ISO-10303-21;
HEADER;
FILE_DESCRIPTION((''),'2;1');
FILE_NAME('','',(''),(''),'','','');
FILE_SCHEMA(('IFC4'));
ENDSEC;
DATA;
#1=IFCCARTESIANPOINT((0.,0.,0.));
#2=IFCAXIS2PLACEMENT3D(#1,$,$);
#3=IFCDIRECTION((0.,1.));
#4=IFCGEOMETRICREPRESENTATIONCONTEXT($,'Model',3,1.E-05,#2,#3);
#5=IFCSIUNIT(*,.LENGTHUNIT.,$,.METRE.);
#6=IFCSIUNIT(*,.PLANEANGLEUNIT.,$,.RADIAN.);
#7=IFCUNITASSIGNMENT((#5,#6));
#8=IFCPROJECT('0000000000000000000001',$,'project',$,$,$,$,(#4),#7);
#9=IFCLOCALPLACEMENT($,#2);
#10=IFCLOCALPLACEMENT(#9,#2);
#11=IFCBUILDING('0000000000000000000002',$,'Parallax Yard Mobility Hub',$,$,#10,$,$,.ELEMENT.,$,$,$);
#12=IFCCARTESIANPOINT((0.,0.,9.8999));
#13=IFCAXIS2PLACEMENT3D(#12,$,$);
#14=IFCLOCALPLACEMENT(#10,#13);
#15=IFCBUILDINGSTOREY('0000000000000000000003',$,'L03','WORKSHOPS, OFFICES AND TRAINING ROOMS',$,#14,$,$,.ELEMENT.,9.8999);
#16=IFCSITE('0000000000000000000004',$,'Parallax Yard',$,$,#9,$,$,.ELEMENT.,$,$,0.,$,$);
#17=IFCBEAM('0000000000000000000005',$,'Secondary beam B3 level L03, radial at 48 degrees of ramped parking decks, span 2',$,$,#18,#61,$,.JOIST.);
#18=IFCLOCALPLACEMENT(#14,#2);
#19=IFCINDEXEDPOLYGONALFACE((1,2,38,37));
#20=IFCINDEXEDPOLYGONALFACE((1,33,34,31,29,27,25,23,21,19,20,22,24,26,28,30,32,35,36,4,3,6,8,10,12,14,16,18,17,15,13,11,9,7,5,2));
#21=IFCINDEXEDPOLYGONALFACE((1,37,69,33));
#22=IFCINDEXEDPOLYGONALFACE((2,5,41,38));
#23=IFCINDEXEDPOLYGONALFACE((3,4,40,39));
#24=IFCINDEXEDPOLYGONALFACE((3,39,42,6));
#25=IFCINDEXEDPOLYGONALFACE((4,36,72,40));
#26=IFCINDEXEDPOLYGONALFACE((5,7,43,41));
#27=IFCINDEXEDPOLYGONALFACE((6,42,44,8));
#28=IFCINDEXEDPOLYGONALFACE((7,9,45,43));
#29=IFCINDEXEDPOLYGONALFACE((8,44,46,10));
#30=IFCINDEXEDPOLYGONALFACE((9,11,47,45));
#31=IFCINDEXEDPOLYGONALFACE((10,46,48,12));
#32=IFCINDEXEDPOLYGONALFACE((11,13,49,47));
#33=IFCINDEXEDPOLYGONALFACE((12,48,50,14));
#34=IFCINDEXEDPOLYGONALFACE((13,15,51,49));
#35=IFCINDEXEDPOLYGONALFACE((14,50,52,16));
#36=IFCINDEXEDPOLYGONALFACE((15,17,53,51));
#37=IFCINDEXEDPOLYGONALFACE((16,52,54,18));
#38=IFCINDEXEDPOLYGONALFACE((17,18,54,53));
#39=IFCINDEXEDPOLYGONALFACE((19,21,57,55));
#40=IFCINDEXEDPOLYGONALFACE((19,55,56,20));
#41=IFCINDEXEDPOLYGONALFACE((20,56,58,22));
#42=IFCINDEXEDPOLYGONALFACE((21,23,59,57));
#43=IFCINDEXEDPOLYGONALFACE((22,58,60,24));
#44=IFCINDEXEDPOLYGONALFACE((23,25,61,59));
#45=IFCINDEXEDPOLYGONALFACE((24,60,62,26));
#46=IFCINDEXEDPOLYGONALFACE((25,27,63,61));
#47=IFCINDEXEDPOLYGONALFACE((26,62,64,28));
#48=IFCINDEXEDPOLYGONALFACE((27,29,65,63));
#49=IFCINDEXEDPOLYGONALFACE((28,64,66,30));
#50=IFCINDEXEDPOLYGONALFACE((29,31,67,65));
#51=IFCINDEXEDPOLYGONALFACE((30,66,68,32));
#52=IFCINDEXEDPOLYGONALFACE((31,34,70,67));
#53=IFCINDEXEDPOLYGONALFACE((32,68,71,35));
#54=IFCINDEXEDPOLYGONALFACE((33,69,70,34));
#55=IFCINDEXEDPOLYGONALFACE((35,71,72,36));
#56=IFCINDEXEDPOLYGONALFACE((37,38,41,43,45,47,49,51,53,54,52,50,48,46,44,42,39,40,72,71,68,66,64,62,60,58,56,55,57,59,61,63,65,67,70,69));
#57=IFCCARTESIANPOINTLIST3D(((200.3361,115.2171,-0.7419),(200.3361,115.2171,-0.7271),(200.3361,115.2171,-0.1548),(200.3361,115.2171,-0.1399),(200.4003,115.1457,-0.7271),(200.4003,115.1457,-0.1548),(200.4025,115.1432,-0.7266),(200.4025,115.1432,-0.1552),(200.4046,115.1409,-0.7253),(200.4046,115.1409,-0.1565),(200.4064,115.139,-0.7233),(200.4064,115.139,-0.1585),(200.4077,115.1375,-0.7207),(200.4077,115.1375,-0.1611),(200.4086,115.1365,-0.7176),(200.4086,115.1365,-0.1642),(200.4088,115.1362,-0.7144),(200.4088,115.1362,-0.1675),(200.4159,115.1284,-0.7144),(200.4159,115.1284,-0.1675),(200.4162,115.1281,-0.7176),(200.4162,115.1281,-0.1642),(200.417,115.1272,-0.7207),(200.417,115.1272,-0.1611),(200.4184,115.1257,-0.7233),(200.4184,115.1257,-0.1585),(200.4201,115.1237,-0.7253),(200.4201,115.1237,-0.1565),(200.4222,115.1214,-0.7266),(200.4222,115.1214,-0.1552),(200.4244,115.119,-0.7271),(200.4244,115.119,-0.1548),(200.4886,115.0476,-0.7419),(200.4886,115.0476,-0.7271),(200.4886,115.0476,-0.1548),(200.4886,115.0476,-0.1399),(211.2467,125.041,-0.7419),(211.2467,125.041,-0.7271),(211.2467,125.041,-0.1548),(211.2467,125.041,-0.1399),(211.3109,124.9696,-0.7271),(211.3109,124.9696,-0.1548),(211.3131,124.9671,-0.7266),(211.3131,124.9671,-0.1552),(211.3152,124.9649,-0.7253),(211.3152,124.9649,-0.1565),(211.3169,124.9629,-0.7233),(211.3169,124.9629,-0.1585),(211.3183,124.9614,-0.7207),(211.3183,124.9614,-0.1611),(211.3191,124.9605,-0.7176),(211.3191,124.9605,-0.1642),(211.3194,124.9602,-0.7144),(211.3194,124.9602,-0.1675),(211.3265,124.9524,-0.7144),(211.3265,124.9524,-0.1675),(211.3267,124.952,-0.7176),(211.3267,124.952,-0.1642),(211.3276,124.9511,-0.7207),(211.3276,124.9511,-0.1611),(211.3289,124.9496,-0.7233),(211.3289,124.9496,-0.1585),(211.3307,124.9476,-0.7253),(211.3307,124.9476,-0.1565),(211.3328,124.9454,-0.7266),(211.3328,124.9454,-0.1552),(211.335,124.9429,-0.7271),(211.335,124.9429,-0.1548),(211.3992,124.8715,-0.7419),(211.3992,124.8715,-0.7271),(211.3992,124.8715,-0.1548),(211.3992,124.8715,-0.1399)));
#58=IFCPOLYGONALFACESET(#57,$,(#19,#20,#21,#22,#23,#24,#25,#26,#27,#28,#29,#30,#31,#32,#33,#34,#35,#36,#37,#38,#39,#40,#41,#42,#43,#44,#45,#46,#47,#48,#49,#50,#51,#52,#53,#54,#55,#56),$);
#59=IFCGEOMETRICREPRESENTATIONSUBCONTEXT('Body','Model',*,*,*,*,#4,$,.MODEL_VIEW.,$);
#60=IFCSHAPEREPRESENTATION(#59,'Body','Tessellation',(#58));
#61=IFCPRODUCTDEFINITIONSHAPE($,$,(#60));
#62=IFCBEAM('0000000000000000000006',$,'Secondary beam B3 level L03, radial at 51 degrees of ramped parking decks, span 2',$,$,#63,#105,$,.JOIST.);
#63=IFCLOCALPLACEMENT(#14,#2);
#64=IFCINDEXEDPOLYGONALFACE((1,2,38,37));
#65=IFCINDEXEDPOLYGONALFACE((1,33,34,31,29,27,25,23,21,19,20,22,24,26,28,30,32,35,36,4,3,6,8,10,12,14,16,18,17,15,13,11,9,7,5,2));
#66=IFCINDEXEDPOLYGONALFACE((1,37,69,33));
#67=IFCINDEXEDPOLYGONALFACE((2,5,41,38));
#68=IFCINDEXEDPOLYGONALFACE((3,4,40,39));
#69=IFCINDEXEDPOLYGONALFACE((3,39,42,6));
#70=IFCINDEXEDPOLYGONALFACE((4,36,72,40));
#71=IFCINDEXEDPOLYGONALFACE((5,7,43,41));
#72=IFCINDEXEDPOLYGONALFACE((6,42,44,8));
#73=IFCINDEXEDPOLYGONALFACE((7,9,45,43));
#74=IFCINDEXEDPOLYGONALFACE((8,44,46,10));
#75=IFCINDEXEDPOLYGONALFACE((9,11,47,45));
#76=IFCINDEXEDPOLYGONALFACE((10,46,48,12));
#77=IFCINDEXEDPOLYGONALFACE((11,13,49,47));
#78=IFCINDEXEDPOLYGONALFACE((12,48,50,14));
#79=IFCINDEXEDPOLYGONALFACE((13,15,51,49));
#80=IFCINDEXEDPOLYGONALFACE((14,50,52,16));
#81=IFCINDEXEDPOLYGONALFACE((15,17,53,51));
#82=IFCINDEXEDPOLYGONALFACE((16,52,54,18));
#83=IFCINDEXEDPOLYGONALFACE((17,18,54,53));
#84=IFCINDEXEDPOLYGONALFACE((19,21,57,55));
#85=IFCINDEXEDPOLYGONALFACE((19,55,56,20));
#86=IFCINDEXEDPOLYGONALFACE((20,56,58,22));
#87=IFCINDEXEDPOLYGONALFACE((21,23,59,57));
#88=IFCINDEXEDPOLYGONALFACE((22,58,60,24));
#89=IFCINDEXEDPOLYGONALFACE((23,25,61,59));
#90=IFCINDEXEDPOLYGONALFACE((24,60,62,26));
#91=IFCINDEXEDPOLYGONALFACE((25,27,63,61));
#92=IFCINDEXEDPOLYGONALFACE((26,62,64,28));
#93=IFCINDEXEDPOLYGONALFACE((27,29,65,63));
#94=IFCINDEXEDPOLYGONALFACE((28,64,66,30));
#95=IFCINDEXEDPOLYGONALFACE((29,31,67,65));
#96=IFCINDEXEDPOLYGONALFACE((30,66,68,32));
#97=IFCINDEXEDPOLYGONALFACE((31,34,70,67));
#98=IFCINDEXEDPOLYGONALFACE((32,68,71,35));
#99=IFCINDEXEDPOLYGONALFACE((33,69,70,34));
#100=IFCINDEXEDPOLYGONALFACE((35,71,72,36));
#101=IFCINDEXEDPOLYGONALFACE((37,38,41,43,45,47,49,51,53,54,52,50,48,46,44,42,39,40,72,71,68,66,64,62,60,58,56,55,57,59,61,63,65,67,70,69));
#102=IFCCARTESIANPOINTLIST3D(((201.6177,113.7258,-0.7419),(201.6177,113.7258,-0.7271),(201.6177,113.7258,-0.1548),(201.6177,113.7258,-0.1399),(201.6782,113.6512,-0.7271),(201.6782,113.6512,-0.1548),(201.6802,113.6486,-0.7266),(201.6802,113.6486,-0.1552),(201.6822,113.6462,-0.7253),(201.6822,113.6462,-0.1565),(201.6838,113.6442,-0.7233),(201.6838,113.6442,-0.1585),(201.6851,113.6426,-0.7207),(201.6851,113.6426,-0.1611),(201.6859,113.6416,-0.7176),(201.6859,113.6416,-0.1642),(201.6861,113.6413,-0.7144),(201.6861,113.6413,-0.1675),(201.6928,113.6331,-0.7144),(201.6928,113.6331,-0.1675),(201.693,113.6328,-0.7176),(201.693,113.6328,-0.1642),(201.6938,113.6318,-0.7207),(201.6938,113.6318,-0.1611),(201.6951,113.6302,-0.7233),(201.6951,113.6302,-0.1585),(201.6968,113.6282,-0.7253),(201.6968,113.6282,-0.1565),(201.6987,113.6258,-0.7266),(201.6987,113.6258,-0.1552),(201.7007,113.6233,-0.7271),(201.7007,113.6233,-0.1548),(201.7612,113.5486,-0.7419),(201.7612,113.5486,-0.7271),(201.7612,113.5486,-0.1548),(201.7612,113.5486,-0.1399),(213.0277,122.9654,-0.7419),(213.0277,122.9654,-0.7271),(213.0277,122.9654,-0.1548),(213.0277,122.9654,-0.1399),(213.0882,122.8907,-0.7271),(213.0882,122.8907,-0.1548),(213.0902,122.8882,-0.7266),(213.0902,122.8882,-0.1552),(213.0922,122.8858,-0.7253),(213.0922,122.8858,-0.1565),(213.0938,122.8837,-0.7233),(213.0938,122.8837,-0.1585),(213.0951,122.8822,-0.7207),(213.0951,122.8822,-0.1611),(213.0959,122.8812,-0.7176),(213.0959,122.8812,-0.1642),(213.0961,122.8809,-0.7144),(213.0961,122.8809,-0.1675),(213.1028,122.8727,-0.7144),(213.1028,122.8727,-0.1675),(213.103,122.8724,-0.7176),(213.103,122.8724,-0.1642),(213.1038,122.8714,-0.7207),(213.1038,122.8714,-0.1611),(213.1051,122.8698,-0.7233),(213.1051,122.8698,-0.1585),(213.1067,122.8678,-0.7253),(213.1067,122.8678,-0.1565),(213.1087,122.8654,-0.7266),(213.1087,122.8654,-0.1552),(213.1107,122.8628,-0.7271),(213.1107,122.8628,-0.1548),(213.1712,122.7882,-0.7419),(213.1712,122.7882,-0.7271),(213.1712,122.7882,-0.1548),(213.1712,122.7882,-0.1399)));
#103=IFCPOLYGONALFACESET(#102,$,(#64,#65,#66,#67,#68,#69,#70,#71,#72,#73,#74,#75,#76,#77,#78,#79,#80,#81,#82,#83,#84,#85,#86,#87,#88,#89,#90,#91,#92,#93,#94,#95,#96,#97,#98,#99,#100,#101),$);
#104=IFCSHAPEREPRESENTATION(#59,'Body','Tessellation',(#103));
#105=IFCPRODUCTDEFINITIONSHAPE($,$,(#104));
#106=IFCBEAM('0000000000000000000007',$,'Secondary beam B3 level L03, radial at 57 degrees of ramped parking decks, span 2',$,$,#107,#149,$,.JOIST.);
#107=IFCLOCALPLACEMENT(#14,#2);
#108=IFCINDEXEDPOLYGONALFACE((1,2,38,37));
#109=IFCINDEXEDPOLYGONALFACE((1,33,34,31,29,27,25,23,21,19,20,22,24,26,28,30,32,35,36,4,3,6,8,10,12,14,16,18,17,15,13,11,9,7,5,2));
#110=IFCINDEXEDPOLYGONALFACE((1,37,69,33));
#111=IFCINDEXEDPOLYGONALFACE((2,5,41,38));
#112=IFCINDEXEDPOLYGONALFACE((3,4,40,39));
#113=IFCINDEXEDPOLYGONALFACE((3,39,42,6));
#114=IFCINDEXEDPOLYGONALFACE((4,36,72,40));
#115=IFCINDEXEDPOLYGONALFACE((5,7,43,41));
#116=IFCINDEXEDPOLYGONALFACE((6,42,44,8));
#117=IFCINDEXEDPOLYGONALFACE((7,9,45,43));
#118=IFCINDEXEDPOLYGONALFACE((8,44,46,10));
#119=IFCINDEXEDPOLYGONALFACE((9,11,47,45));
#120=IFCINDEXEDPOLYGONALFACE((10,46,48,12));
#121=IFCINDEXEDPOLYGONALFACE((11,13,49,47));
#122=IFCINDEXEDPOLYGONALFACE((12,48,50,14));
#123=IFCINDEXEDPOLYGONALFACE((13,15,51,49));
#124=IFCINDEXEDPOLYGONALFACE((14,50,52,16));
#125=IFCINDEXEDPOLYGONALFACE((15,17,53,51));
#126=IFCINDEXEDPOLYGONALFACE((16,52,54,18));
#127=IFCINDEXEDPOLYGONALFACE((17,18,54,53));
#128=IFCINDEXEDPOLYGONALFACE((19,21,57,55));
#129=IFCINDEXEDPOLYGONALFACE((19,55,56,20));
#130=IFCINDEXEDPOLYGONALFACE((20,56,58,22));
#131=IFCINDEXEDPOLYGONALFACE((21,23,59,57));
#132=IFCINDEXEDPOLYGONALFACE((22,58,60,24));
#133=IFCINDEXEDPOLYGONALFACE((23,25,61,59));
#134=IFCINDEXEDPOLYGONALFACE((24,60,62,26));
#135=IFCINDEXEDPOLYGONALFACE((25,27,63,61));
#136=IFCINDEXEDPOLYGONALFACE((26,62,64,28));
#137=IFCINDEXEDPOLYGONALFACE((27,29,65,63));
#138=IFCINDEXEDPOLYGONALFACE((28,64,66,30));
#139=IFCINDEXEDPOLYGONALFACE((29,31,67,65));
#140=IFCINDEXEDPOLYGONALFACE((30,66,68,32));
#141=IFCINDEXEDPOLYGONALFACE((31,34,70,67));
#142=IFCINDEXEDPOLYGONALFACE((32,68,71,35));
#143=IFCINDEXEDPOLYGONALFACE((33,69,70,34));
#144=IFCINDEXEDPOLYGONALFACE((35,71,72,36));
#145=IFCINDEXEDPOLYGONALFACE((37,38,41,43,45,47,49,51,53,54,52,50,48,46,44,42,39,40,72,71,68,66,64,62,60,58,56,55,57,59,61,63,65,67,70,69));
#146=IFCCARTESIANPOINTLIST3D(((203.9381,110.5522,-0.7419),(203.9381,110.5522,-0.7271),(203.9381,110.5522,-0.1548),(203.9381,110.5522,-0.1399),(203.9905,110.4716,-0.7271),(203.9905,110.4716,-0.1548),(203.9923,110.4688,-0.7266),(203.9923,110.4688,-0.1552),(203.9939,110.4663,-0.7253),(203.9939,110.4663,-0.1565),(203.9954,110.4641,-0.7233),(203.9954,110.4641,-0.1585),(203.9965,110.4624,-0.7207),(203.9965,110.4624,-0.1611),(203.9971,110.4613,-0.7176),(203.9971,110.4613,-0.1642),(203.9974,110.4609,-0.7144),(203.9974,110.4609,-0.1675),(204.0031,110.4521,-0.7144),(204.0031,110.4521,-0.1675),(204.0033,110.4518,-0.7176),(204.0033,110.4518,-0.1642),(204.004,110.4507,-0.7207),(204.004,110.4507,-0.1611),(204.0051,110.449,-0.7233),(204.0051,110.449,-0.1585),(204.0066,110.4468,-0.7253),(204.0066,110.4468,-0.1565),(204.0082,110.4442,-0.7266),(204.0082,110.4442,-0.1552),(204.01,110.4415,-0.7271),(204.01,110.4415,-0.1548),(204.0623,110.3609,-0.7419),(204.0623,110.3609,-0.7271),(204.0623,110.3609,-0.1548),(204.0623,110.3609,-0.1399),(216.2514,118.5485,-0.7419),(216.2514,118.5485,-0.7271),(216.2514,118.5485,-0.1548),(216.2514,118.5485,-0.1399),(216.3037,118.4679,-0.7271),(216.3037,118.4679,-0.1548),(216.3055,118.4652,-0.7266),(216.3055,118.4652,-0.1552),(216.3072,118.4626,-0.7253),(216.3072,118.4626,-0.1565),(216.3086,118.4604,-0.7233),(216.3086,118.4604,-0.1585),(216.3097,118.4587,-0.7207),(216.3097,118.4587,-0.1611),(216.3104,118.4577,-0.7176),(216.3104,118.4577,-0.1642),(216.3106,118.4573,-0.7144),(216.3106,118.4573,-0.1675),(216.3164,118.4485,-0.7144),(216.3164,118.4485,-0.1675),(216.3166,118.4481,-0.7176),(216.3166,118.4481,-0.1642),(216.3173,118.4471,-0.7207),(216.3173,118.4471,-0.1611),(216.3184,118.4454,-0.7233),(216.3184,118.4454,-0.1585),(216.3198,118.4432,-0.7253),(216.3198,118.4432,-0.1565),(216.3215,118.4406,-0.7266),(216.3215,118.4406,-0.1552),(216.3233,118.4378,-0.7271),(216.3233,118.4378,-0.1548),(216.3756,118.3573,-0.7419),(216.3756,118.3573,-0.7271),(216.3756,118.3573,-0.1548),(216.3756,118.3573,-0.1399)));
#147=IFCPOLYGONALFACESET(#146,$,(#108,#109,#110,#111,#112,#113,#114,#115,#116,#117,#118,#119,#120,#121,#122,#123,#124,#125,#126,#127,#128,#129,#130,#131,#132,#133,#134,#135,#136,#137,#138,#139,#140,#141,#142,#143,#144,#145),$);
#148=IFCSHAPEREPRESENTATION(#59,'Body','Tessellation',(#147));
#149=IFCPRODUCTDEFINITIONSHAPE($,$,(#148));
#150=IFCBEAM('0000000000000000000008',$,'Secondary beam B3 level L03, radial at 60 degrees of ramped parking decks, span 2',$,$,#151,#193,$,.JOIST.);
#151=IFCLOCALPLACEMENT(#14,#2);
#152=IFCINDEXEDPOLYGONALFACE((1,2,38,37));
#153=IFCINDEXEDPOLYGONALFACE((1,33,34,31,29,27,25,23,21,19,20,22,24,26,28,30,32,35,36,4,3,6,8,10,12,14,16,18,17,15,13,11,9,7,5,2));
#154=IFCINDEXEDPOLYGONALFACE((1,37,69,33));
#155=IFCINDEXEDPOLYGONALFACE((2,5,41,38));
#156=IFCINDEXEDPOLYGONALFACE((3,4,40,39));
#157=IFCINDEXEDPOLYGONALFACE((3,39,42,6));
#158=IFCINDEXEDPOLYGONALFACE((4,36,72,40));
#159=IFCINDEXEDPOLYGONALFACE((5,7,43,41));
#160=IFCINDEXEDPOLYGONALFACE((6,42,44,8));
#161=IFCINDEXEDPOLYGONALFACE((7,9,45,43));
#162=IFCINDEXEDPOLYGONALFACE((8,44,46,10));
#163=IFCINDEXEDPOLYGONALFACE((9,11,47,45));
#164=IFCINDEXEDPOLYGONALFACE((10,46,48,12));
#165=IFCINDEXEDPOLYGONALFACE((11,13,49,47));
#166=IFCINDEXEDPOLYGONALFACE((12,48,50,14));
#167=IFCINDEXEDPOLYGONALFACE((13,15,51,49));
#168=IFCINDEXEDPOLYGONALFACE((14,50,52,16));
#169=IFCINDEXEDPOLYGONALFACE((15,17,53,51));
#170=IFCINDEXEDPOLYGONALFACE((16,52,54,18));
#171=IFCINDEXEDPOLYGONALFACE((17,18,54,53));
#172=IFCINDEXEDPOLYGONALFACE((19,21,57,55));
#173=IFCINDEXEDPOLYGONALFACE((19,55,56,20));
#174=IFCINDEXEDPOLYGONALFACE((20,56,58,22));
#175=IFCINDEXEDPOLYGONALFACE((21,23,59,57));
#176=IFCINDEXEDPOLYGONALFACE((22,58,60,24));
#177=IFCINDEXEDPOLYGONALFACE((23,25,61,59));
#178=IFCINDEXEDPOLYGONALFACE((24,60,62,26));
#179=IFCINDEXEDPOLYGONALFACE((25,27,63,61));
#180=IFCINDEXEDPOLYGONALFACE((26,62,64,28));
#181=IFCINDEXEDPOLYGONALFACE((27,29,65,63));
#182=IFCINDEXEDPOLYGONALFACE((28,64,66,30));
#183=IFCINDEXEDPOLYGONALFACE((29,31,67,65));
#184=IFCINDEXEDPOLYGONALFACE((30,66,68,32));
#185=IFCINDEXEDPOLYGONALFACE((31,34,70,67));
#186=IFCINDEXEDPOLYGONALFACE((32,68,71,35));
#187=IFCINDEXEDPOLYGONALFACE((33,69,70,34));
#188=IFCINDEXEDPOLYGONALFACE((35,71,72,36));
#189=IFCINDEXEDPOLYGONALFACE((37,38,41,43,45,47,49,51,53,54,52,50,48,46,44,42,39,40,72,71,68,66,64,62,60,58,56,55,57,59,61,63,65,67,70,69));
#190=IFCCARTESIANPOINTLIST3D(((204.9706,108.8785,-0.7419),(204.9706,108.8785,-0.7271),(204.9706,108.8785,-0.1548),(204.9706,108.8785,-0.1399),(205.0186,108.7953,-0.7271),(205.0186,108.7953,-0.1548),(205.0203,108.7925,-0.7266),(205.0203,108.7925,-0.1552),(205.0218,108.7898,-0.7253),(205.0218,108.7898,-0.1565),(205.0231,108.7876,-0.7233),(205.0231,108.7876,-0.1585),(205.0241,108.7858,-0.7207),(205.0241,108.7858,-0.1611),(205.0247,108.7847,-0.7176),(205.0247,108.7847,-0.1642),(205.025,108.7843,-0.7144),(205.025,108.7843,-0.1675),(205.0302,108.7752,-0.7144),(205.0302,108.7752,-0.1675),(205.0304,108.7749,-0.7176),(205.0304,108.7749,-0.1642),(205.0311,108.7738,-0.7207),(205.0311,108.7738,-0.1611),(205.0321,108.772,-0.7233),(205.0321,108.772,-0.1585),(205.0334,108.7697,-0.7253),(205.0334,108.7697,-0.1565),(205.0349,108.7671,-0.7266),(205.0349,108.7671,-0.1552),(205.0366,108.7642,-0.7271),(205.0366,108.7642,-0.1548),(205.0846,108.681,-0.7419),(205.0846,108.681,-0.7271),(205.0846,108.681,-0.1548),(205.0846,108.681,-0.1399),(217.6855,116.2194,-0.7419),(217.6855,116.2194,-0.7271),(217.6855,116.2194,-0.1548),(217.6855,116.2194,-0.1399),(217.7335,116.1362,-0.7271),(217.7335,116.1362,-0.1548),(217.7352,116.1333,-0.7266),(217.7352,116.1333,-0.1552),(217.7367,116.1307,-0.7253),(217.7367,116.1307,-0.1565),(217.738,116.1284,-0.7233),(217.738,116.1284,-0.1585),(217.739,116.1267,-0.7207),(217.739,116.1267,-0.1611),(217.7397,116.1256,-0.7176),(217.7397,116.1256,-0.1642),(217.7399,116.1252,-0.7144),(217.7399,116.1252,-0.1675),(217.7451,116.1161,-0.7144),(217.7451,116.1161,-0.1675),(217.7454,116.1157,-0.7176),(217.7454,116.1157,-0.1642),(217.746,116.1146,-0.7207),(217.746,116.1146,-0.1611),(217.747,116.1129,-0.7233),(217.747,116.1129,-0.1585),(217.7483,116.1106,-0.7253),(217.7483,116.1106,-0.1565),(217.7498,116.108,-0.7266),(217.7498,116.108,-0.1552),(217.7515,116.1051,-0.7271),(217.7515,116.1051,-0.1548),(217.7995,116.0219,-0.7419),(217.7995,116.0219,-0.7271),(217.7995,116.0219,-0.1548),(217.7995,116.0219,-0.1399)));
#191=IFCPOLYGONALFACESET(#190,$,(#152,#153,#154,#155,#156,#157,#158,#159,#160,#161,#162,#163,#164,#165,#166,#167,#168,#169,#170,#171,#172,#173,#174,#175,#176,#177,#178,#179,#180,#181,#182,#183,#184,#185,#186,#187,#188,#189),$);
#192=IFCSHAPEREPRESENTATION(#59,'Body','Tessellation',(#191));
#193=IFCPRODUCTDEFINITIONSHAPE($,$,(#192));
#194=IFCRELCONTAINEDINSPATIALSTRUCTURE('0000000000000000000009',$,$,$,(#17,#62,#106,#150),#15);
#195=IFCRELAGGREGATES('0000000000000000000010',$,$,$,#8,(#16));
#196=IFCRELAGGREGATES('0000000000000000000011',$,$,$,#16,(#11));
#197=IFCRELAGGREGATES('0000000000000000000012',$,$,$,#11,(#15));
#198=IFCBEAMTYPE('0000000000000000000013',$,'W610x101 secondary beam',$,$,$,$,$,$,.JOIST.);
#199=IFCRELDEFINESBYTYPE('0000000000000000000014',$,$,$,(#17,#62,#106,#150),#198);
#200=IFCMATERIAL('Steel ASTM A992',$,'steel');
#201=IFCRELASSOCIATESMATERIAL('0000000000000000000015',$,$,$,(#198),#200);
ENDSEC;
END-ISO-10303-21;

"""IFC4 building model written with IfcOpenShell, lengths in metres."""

from ifc_helpers import new_model, si_unit, direction, frame, origin, origin_2d, place, context, subcontext, project, spatial, i_section, extrude, material, material_profile, profile_set, type_object, element, save


model = new_model("IFC4")

# Units and contexts
model_context = context("Model", 3, precision=1e-05, world=origin(), true_north=direction((0.0, 1.0)))
body_context = subcontext(model_context, "Body", "Model", "MODEL_VIEW")
ifc_project = project(units=[si_unit("LENGTHUNIT", "METRE"), si_unit("PLANEANGLEUNIT", "RADIAN")], contexts=[model_context])

# Site, building, storey
site_placement = place(None, origin())
site = spatial("IfcSite", under=ifc_project, at=site_placement, Name="Parallax Yard", CompositionType="ELEMENT", RefElevation=0.0)
building_placement = place(site_placement, origin())
building = spatial("IfcBuilding", under=site, at=building_placement, Name="Parallax Yard Mobility Hub", CompositionType="ELEMENT")
storey_placement = place(building_placement, frame((0.0, 0.0, 9.8999)))
storey = spatial("IfcBuildingStorey", under=building, at=storey_placement, Name="L03", Description="WORKSHOPS, OFFICES AND TRAINING ROOMS", CompositionType="ELEMENT", Elevation=9.8999)

# Shared definitions
ifc_material_1 = material(Name="Steel ASTM A992", Category="steel")

# Beams
ifc_material_profile_1 = material_profile(ifc_material_1, i_section(OverallWidth=0.228, OverallDepth=0.6021, WebThickness=0.0105, FlangeThickness=0.0149, FilletRadius=0.0127, at=origin_2d()), Name="W610x101")
ifc_profile_set_1 = profile_set([ifc_material_profile_1], Name="Steel ASTM A992")
beam_type_1 = type_object("IfcBeamType", Name="W610x101 secondary beam", PredefinedType="JOIST", material=ifc_profile_set_1)
for number, where, z_axis, x_axis, name in (
    (1, (200.4124, 115.1323, -0.4409), (0.743145, 0.66913, 0.0), (-0.66913, 0.743145, 0.0), "Secondary beam B3 level L03, radial at 48 degrees of ramped parking decks, span 2"),
):
    element("IfcBeam", number, at=place(storey_placement, frame(where, z_axis=z_axis, x_axis=x_axis)), inside=storey, type_object=beam_type_1, Name=name, PredefinedType="JOIST", context=body_context, shape_type="SweptSolid", body=[
        extrude(i_section(OverallWidth=0.228, OverallDepth=0.6021, WebThickness=0.0105, FlangeThickness=0.0149, FilletRadius=0.0127, at=origin_2d()), origin(), (0.0, 0.0, 1.0), 14.6816),
    ])
for number, where, z_axis, x_axis, name in (
    (2, (201.6895, 113.6372, -0.4409), (0.777148, 0.629318, 0.0), (-0.629318, 0.777148, 0.0), "Secondary beam B3 level L03, radial at 51 degrees of ramped parking decks, span 2"),
    (3, (204.0002, 110.4565, -0.4409), (0.83867, 0.544641, 0.0), (-0.544641, 0.83867, 0.0), "Secondary beam B3 level L03, radial at 57 degrees of ramped parking decks, span 2"),
    (4, (205.0276, 108.7798, -0.4409), (0.866028, 0.499995, 0.0), (-0.499995, 0.866028, 0.0), "Secondary beam B3 level L03, radial at 60 degrees of ramped parking decks, span 2"),
):
    element("IfcBeam", number, at=place(storey_placement, frame(where, z_axis=z_axis, x_axis=x_axis)), inside=storey, type_object=beam_type_1, Name=name, PredefinedType="JOIST", context=body_context, shape_type="SweptSolid", body=[
        extrude(i_section(OverallWidth=0.228, OverallDepth=0.6021, WebThickness=0.0105, FlangeThickness=0.0149, FilletRadius=0.0127, at=origin_2d()), origin(), (0.0, 0.0, 1.0), 14.6819),
    ])

save(model, "model.ifc")
